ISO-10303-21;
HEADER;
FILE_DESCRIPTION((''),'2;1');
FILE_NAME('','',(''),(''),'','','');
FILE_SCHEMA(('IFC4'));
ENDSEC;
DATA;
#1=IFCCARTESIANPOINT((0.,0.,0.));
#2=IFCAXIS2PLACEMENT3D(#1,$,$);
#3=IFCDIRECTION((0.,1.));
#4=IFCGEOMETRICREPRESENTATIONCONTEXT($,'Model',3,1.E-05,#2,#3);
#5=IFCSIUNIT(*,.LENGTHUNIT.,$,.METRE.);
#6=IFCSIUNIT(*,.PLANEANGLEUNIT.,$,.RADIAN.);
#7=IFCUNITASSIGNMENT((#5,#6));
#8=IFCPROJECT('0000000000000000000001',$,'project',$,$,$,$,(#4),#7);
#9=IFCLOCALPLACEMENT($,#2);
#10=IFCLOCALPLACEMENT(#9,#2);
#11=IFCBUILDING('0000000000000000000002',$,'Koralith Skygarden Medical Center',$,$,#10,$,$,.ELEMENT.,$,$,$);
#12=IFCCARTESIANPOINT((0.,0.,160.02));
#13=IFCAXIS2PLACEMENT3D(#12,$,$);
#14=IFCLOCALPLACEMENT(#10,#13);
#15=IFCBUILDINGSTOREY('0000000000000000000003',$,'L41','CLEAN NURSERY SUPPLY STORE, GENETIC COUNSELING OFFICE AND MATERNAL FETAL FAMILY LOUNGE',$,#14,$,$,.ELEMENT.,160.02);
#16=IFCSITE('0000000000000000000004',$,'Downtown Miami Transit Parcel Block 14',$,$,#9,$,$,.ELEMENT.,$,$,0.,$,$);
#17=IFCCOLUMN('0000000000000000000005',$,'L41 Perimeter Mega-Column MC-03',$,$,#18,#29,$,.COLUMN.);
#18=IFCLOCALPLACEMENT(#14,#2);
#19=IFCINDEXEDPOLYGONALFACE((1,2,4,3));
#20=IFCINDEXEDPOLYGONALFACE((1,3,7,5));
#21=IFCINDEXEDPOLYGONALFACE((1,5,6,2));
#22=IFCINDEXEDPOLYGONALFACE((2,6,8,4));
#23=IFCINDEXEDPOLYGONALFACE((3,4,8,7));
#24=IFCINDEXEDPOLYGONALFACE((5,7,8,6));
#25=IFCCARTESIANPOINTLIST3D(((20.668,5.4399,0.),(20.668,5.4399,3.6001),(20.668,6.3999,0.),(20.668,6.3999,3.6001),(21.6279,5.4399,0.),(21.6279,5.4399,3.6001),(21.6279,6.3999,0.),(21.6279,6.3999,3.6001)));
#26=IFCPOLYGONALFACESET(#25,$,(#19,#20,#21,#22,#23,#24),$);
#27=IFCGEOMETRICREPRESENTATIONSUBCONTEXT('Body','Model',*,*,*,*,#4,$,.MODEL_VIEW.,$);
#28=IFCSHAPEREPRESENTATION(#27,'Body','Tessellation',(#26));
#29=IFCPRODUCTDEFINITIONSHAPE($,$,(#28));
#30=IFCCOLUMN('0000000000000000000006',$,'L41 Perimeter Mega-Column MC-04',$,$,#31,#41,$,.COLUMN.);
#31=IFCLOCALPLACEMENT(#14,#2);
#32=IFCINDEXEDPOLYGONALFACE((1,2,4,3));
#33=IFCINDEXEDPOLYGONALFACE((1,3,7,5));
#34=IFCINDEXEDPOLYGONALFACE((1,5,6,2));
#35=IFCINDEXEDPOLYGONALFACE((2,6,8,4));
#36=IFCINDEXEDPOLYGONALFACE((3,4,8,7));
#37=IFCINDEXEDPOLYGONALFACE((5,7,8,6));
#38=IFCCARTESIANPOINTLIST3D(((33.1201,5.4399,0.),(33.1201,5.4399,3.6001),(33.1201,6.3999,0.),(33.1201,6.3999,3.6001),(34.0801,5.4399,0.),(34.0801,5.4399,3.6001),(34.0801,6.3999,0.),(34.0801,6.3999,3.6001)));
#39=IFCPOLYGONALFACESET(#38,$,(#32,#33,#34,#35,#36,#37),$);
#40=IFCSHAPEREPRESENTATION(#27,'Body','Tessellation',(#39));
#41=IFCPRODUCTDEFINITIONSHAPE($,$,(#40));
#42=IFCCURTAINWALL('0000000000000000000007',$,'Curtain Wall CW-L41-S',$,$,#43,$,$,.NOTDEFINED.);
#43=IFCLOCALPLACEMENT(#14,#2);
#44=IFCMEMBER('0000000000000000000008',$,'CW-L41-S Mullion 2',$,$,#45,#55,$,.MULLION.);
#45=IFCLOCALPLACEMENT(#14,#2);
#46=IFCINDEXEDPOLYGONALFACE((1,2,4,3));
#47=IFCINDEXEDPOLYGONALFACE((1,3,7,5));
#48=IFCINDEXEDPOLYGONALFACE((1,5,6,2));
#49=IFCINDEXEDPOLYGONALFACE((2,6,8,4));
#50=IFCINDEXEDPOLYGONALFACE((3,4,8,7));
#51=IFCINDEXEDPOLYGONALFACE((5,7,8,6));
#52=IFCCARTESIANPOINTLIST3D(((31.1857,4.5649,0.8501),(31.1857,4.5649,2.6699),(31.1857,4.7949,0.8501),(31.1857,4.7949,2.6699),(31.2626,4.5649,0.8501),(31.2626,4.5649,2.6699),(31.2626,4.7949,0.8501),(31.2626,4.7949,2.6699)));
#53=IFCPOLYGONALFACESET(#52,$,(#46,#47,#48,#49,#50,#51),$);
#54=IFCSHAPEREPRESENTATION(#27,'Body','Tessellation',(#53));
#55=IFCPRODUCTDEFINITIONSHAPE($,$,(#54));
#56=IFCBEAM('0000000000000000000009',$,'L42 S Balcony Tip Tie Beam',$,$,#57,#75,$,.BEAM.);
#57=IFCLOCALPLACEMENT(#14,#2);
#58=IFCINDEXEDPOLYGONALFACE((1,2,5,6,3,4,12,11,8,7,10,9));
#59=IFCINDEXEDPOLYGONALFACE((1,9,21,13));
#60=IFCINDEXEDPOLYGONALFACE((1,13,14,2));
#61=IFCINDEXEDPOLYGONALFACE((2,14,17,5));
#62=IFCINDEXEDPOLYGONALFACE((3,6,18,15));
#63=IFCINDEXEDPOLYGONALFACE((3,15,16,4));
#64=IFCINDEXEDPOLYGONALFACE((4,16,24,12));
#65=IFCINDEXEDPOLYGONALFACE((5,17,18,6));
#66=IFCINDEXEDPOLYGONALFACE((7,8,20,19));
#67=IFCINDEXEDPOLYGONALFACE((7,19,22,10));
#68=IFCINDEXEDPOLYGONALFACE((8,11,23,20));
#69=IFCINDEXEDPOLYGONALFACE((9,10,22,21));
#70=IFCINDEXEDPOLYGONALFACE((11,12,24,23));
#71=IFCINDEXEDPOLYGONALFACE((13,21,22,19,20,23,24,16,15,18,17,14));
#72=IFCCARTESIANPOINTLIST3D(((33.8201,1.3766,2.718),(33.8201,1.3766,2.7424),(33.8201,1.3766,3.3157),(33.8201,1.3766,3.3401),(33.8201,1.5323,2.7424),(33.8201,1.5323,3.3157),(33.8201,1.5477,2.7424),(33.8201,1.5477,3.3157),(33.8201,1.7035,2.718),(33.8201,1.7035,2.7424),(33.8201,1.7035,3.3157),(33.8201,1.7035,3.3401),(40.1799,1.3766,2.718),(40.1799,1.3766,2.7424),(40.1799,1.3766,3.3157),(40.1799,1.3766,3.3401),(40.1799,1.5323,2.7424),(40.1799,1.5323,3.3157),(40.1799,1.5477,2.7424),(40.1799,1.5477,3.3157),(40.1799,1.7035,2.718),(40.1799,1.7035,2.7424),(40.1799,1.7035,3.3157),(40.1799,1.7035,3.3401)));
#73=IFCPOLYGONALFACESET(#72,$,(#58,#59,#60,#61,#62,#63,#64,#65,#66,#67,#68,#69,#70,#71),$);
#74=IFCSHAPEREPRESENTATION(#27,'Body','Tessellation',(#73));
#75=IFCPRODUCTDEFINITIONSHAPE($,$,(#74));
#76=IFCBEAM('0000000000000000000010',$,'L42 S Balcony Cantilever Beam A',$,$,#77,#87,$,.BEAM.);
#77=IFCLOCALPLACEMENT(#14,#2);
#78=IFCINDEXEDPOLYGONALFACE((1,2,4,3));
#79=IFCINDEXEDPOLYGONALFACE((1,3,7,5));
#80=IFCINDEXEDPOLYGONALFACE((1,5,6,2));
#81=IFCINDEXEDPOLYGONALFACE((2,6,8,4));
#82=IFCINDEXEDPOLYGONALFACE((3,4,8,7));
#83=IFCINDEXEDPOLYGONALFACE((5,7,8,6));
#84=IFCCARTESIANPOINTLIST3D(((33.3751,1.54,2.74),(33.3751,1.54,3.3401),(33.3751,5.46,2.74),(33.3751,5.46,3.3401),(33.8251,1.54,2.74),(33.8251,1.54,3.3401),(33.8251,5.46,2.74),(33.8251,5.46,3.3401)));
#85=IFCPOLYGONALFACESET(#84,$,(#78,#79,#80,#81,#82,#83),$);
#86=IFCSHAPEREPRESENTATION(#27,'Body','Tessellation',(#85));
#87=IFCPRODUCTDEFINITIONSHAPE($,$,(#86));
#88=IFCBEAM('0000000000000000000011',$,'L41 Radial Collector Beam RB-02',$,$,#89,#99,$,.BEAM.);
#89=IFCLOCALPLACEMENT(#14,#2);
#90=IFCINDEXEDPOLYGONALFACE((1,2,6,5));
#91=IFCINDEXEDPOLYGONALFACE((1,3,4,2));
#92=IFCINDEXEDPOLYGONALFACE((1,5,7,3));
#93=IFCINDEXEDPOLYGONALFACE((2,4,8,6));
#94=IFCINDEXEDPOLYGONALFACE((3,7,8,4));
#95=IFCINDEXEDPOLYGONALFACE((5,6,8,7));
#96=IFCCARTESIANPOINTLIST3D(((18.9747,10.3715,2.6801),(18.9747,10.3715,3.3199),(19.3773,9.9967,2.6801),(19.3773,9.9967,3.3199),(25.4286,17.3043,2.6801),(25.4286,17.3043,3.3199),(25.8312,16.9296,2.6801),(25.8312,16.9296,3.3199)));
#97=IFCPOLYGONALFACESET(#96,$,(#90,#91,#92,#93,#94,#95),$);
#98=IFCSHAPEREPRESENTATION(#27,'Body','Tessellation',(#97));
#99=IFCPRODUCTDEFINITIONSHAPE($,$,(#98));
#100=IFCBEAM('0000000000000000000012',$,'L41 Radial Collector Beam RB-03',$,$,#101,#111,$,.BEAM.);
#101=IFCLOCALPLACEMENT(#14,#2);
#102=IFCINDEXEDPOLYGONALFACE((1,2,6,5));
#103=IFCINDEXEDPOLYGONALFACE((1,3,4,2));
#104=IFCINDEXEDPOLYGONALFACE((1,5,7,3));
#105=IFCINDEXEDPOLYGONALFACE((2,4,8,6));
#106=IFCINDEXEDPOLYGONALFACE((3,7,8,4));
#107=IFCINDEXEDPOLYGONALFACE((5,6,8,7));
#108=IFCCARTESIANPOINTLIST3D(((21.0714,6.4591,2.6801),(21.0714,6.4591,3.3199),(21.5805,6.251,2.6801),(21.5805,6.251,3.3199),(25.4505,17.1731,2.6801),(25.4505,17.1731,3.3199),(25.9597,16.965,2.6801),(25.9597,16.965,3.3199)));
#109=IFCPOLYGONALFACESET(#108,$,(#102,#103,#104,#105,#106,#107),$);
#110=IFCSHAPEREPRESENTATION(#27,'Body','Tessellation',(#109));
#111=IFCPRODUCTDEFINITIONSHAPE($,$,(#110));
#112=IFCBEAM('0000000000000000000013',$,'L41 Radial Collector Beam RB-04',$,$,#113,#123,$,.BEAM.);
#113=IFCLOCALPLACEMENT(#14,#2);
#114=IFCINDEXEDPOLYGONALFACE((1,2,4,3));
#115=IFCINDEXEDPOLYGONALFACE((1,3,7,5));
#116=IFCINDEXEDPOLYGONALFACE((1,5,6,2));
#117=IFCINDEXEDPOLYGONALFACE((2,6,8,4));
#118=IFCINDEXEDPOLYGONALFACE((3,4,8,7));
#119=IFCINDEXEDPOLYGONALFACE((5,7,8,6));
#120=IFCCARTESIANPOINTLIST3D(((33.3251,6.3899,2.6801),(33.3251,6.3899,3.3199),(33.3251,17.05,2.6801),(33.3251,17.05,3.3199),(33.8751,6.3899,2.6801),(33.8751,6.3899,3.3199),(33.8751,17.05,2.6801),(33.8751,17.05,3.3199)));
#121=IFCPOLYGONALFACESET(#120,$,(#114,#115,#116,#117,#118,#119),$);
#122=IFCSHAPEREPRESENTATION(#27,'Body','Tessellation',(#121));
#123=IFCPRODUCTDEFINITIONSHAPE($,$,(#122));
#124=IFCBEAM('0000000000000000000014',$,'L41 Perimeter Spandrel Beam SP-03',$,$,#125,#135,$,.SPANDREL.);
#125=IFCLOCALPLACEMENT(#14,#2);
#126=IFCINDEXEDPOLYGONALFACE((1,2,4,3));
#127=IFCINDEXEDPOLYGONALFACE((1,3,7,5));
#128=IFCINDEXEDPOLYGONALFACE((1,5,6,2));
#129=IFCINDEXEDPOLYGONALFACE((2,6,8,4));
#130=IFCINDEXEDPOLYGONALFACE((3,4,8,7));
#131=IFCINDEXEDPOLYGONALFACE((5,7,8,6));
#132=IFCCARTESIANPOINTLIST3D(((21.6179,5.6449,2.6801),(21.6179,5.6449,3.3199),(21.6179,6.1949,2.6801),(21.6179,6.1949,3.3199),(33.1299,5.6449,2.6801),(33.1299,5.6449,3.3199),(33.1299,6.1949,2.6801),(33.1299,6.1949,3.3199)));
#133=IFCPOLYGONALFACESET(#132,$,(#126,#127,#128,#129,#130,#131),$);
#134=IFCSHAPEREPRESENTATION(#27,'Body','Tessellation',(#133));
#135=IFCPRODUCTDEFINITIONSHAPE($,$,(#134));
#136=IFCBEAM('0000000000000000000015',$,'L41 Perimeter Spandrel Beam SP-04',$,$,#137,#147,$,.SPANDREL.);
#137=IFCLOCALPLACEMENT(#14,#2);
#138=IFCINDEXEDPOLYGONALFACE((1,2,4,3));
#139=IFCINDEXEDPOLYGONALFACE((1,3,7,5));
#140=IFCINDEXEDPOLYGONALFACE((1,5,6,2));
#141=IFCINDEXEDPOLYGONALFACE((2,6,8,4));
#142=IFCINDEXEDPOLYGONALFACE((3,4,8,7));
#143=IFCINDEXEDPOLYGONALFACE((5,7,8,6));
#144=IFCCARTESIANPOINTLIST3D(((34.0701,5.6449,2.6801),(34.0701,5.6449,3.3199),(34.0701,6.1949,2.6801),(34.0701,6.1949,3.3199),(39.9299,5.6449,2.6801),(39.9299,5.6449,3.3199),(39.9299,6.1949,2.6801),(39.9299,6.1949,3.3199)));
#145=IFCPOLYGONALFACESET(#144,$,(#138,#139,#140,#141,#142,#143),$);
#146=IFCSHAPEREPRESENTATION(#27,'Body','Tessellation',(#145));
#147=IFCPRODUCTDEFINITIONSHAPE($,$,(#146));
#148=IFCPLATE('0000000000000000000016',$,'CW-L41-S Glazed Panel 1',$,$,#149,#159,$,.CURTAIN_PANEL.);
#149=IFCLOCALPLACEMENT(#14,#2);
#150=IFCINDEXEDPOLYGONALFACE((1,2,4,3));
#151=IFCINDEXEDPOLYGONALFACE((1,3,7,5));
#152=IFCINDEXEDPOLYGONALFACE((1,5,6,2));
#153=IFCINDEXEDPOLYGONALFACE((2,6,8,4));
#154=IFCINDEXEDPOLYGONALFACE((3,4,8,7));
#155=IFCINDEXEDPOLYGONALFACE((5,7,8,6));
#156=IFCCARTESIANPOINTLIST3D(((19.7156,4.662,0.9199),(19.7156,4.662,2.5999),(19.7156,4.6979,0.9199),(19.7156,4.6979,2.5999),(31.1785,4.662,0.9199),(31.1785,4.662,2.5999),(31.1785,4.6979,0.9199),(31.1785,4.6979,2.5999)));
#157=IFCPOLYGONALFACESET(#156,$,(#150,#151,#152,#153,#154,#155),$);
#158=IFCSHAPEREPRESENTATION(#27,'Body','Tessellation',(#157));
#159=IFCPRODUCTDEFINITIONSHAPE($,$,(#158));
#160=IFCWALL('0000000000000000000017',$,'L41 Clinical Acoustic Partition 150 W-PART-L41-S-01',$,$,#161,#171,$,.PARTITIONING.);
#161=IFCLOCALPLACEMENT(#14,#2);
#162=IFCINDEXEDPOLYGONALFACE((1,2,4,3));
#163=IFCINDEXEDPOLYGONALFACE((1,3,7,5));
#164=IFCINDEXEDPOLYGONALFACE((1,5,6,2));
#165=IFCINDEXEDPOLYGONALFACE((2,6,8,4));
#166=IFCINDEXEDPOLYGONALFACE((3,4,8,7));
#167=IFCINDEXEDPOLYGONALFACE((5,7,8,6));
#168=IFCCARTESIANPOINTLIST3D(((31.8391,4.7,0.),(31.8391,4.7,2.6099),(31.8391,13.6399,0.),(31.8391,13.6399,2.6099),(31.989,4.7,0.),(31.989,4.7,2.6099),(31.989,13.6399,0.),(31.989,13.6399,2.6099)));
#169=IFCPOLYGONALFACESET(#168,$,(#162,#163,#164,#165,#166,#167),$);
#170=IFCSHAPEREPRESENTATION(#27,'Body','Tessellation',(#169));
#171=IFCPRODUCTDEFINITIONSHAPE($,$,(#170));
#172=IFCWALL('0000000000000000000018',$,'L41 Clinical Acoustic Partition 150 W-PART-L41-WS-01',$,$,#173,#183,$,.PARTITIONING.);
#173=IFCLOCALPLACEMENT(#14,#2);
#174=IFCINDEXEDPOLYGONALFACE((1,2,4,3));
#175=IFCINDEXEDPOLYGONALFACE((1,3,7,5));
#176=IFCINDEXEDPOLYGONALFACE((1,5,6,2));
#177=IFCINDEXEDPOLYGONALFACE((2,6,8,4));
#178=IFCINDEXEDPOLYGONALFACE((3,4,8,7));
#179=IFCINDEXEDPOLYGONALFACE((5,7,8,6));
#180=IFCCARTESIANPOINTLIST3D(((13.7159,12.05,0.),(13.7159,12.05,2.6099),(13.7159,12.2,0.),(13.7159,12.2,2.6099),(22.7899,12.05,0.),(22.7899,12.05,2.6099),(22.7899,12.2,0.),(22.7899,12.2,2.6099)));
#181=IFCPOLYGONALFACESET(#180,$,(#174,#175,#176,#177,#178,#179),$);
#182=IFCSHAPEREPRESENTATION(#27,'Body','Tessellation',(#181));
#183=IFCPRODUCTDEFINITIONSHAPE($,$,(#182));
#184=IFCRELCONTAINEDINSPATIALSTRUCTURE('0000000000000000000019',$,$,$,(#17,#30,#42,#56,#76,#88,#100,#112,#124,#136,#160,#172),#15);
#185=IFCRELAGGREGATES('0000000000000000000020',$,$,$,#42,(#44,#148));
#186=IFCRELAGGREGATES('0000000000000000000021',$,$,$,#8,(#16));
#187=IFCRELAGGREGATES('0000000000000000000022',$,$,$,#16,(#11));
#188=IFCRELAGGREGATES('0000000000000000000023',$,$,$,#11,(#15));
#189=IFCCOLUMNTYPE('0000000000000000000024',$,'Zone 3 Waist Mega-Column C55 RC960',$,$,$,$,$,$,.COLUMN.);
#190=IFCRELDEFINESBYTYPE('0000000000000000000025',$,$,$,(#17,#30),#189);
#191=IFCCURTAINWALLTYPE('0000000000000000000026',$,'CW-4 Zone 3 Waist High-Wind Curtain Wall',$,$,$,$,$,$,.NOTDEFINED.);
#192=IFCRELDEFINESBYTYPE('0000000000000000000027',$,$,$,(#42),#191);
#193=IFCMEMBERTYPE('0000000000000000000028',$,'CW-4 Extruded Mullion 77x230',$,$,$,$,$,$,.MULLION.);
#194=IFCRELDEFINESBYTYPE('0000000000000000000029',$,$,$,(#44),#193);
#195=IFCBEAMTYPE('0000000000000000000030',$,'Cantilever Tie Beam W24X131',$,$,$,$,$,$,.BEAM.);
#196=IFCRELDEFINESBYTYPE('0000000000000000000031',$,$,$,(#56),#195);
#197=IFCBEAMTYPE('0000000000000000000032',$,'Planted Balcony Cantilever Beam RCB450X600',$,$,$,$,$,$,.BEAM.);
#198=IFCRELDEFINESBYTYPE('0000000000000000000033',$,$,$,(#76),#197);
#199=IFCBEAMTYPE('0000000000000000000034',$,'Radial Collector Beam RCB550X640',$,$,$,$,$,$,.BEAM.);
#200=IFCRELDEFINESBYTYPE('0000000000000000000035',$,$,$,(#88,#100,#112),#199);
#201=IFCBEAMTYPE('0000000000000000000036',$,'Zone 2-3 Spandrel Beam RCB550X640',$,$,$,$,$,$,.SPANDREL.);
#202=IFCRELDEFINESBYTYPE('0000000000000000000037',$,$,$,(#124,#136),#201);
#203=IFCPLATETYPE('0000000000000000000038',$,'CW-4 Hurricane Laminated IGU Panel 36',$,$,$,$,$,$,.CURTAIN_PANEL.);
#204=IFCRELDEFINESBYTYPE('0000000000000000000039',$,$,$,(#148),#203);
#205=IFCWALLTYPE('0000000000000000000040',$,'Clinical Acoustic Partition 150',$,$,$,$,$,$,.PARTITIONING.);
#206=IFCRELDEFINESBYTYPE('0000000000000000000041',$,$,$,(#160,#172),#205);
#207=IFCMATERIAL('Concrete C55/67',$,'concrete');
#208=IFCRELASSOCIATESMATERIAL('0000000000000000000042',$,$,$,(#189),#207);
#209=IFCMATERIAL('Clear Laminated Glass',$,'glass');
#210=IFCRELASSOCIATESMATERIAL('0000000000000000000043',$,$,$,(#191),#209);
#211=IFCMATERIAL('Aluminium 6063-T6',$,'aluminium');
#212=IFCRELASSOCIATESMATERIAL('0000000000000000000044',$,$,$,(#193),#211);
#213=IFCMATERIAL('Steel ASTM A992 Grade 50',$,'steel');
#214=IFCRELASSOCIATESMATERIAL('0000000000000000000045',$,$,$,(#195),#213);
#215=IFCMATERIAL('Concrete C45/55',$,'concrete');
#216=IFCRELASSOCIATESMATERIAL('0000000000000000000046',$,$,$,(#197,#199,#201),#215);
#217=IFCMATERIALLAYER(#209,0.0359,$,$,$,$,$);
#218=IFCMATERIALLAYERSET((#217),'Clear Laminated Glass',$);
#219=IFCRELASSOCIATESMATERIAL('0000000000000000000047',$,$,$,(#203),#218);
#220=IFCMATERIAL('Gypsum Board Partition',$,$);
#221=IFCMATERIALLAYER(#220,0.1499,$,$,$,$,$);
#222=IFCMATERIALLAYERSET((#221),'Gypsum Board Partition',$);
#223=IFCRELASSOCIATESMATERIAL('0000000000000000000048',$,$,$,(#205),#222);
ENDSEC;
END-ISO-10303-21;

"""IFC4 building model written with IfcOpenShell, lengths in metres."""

from ifc_helpers import new_model, si_unit, direction, frame, frame_2d, origin, origin_2d, place, context, subcontext, project, spatial, rectangle, i_section, extrude, material, layer, layer_set, material_profile, profile_set, type_object, element, aggregate, save


model = new_model("IFC4")

# Units and contexts
model_context = context("Model", 3, precision=1e-05, world=origin(), true_north=direction((0.0, 1.0)))
body_context = subcontext(model_context, "Body", "Model", "MODEL_VIEW")
ifc_project = project(units=[si_unit("LENGTHUNIT", "METRE"), si_unit("PLANEANGLEUNIT", "RADIAN")], contexts=[model_context])

# Site, building, storey
site_placement = place(None, origin())
site = spatial("IfcSite", under=ifc_project, at=site_placement, Name="Downtown Miami Transit Parcel Block 14", CompositionType="ELEMENT", RefElevation=0.0)
building_placement = place(site_placement, origin())
building = spatial("IfcBuilding", under=site, at=building_placement, Name="Koralith Skygarden Medical Center", CompositionType="ELEMENT")
storey_placement = place(building_placement, frame((0.0, 0.0, 160.02)))
storey = spatial("IfcBuildingStorey", under=building, at=storey_placement, Name="L41", Description="CLEAN NURSERY SUPPLY STORE, GENETIC COUNSELING OFFICE AND MATERNAL FETAL FAMILY LOUNGE", CompositionType="ELEMENT", Elevation=160.02)

# Columns
ifc_material_1 = material(Name="Concrete C55/67", Category="concrete")
ifc_material_profile_1 = material_profile(ifc_material_1, rectangle(XDim=0.96, YDim=0.96, at=origin_2d()), Name="RC960X960")
ifc_profile_set_1 = profile_set([ifc_material_profile_1], Name="Concrete C55/67")
column_type = type_object("IfcColumnType", Name="Zone 3 Waist Mega-Column C55 RC960", PredefinedType="COLUMN", material=ifc_profile_set_1)
for number, where, z_axis, x_axis, name in (
    (1, (21.1479, 5.9199, 0.0), (0.0, 0.0, 1.0), (1.0, 0.0, 0.0), "L41 Perimeter Mega-Column MC-03"),
    (2, (33.6001, 5.9199, 0.0), (0.0, 0.0, 1.0), (1.0, 0.0, 0.0), "L41 Perimeter Mega-Column MC-04"),
):
    element("IfcColumn", number, at=place(storey_placement, frame(where, z_axis=z_axis, x_axis=x_axis)), inside=storey, type_object=column_type, Name=name, PredefinedType="COLUMN", context=body_context, shape_type="SweptSolid", body=[
        extrude(rectangle(XDim=0.96, YDim=0.96, at=origin_2d()), origin(), (0.0, 0.0, 1.0), 3.6001),
    ])

# Curtain wall, member
ifc_material_2 = material(Name="Clear Laminated Glass", Category="glass")
curtain_wall_type = type_object("IfcCurtainWallType", Name="CW-4 Zone 3 Waist High-Wind Curtain Wall", PredefinedType="NOTDEFINED", material=ifc_material_2)
curtain_wall_placement = place(storey_placement, origin())
curtain_wall = element("IfcCurtainWall", 3, at=curtain_wall_placement, inside=storey, type_object=curtain_wall_type, Name="Curtain Wall CW-L41-S", PredefinedType="NOTDEFINED")
ifc_material_3 = material(Name="Aluminium 6063-T6", Category="aluminium")
ifc_material_profile_2 = material_profile(ifc_material_3, rectangle(XDim=0.0769, YDim=0.23, at=origin_2d()), Name="MUL77X230")
ifc_profile_set_2 = profile_set([ifc_material_profile_2], Name="Aluminium 6063-T6")
member_type = type_object("IfcMemberType", Name="CW-4 Extruded Mullion 77x230", PredefinedType="MULLION", material=ifc_profile_set_2)
member_placement = place(storey_placement, frame((31.2241, 4.6799, 0.8501), z_axis=(0.0, 0.0, 1.0), x_axis=(1.0, 0.0, 0.0)))
member = element("IfcMember", 4, at=member_placement, type_object=member_type, Name="CW-L41-S Mullion 2", PredefinedType="MULLION", context=body_context, shape_type="SweptSolid", body=[
    extrude(rectangle(XDim=0.0769, YDim=0.23, at=origin_2d()), origin(), (0.0, 0.0, 1.0), 1.8198),
])

# Beams
ifc_material_4 = material(Name="Steel ASTM A992 Grade 50", Category="steel")
ifc_material_profile_3 = material_profile(ifc_material_4, i_section(OverallWidth=0.3269, OverallDepth=0.6221, WebThickness=0.0154, FlangeThickness=0.0244, at=origin_2d()), Name="W24X131")
ifc_profile_set_3 = profile_set([ifc_material_profile_3], Name="Steel ASTM A992 Grade 50")
beam_type_1 = type_object("IfcBeamType", Name="Cantilever Tie Beam W24X131", PredefinedType="BEAM", material=ifc_profile_set_3)
beam_1_placement = place(storey_placement, frame((33.8201, 1.54, 3.0291), z_axis=(1.0, 0.0, 0.0), x_axis=(0.0, 1.0, 0.0)))
element("IfcBeam", 5, at=beam_1_placement, inside=storey, type_object=beam_type_1, Name="L42 S Balcony Tip Tie Beam", PredefinedType="BEAM", context=body_context, shape_type="SweptSolid", body=[
    extrude(i_section(OverallWidth=0.3269, OverallDepth=0.6221, WebThickness=0.0154, FlangeThickness=0.0244, at=origin_2d()), origin(), (0.0, 0.0, 1.0), 6.3599),
])
ifc_material_5 = material(Name="Concrete C45/55", Category="concrete")
ifc_material_profile_4 = material_profile(ifc_material_5, rectangle(XDim=0.45, YDim=0.6001, at=origin_2d()), Name="RCB450X600")
ifc_profile_set_4 = profile_set([ifc_material_profile_4], Name="Concrete C45/55")
beam_type_2 = type_object("IfcBeamType", Name="Planted Balcony Cantilever Beam RCB450X600", PredefinedType="BEAM", material=ifc_profile_set_4)
beam_2_placement = place(storey_placement, frame((33.6001, 5.46, 3.04), z_axis=(0.0, -1.0, 0.0), x_axis=(1.0, 0.0, 0.0)))
element("IfcBeam", 6, at=beam_2_placement, inside=storey, type_object=beam_type_2, Name="L42 S Balcony Cantilever Beam A", PredefinedType="BEAM", context=body_context, shape_type="SweptSolid", body=[
    extrude(rectangle(XDim=0.45, YDim=0.6001, at=origin_2d()), origin(), (0.0, 0.0, 1.0), 3.9199),
])
ifc_material_profile_5 = material_profile(ifc_material_5, rectangle(XDim=0.55, YDim=0.6399, at=origin_2d()), Name="RCB550X640")
ifc_profile_set_5 = profile_set([ifc_material_profile_5], Name="Concrete C45/55")
beam_type_3 = type_object("IfcBeamType", Name="Radial Collector Beam RCB550X640", PredefinedType="BEAM", material=ifc_profile_set_5)
beam_3_placement = place(storey_placement, frame((25.6299, 17.1169, 3.0), z_axis=(-0.681369, -0.73194, 0.0), x_axis=(0.73194, -0.681369, 0.0)))
element("IfcBeam", 7, at=beam_3_placement, inside=storey, type_object=beam_type_3, Name="L41 Radial Collector Beam RB-02", PredefinedType="BEAM", context=body_context, shape_type="SweptSolid", body=[
    extrude(rectangle(XDim=0.55, YDim=0.6399, at=origin_2d()), origin(), (0.0, 0.0, 1.0), 9.4719),
])
beam_4_placement = place(storey_placement, frame((25.7051, 17.0691, 3.0), z_axis=(-0.378345, -0.925665, 0.0), x_axis=(0.925665, -0.378345, 0.0)))
element("IfcBeam", 8, at=beam_4_placement, inside=storey, type_object=beam_type_3, Name="L41 Radial Collector Beam RB-03", PredefinedType="BEAM", context=body_context, shape_type="SweptSolid", body=[
    extrude(rectangle(XDim=0.55, YDim=0.6399, at=origin_2d()), origin(), (0.0, 0.0, 1.0), 11.5745),
])
beam_5_placement = place(storey_placement, frame((33.6001, 17.05, 3.0), z_axis=(0.0, -1.0, 0.0), x_axis=(1.0, 0.0, 0.0)))
element("IfcBeam", 9, at=beam_5_placement, inside=storey, type_object=beam_type_3, Name="L41 Radial Collector Beam RB-04", PredefinedType="BEAM", context=body_context, shape_type="SweptSolid", body=[
    extrude(rectangle(XDim=0.55, YDim=0.6399, at=origin_2d()), origin(), (0.0, 0.0, 1.0), 10.6602),
])
ifc_material_profile_6 = material_profile(ifc_material_5, rectangle(XDim=0.55, YDim=0.6399, at=origin_2d()), Name="RCB550X640")
ifc_profile_set_6 = profile_set([ifc_material_profile_6], Name="Concrete C45/55")
beam_type_4 = type_object("IfcBeamType", Name="Zone 2-3 Spandrel Beam RCB550X640", PredefinedType="SPANDREL", material=ifc_profile_set_6)
beam_6_placement = place(storey_placement, frame((21.6179, 5.9199, 3.0), z_axis=(1.0, 0.0, 0.0), x_axis=(0.0, 1.0, 0.0)))
element("IfcBeam", 10, at=beam_6_placement, inside=storey, type_object=beam_type_4, Name="L41 Perimeter Spandrel Beam SP-03", PredefinedType="SPANDREL", context=body_context, shape_type="SweptSolid", body=[
    extrude(rectangle(XDim=0.55, YDim=0.6399, at=origin_2d()), origin(), (0.0, 0.0, 1.0), 11.512),
])
beam_7_placement = place(storey_placement, frame((34.0701, 5.9199, 3.0), z_axis=(1.0, 0.0, 0.0), x_axis=(0.0, 1.0, 0.0)))
element("IfcBeam", 11, at=beam_7_placement, inside=storey, type_object=beam_type_4, Name="L41 Perimeter Spandrel Beam SP-04", PredefinedType="SPANDREL", context=body_context, shape_type="SweptSolid", body=[
    extrude(rectangle(XDim=0.55, YDim=0.6399, at=origin_2d()), origin(), (0.0, 0.0, 1.0), 5.8599),
])

# Plate
ifc_layer_1 = layer(ifc_material_2, 0.0359)
ifc_layer_set_1 = layer_set([ifc_layer_1], Name="Clear Laminated Glass")
plate_type = type_object("IfcPlateType", Name="CW-4 Hurricane Laminated IGU Panel 36", PredefinedType="CURTAIN_PANEL", material=ifc_layer_set_1)
plate_placement = place(storey_placement, frame((25.447, 4.6799, 0.9199), z_axis=(0.0, 0.0, 1.0), x_axis=(1.0, 0.0, 0.0)))
plate = element("IfcPlate", 12, at=plate_placement, type_object=plate_type, Name="CW-L41-S Glazed Panel 1", PredefinedType="CURTAIN_PANEL", context=body_context, shape_type="SweptSolid", body=[
    extrude(rectangle(XDim=11.4629, YDim=0.0359, at=origin_2d()), origin(), (0.0, 0.0, 1.0), 1.6799),
])
aggregate(curtain_wall, [member, plate])

# Walls
ifc_material_6 = material(Name="Gypsum Board Partition")
ifc_layer_2 = layer(ifc_material_6, 0.1499)
ifc_layer_set_2 = layer_set([ifc_layer_2], Name="Gypsum Board Partition")
wall_type_1 = type_object("IfcWallType", Name="Clinical Acoustic Partition 150", PredefinedType="PARTITIONING", material=ifc_layer_set_2)
wall_1_placement = place(storey_placement, frame((31.9141, 13.6399, 0.0), z_axis=(0.0, 0.0, 1.0), x_axis=(0.0, -1.0, 0.0)))
element("IfcWall", 13, at=wall_1_placement, inside=storey, type_object=wall_type_1, Name="L41 Clinical Acoustic Partition 150 W-PART-L41-S-01", PredefinedType="PARTITIONING", context=body_context, shape_type="SweptSolid", body=[
    extrude(rectangle(XDim=8.9399, YDim=0.1499, at=frame_2d((4.47, 0.0))), origin(), (0.0, 0.0, 1.0), 2.6099),
])
wall_2_placement = place(storey_placement, frame((22.79, 12.125, 0.0), z_axis=(0.0, 0.0, 1.0), x_axis=(-1.0, 0.0, 0.0)))
element("IfcWall", 14, at=wall_2_placement, inside=storey, type_object=wall_type_1, Name="L41 Clinical Acoustic Partition 150 W-PART-L41-WS-01", PredefinedType="PARTITIONING", context=body_context, shape_type="SweptSolid", body=[
    extrude(rectangle(XDim=9.074, YDim=0.1499, at=frame_2d((4.5371, 0.0))), origin(), (0.0, 0.0, 1.0), 2.6099),
])

save(model, "model.ifc")
